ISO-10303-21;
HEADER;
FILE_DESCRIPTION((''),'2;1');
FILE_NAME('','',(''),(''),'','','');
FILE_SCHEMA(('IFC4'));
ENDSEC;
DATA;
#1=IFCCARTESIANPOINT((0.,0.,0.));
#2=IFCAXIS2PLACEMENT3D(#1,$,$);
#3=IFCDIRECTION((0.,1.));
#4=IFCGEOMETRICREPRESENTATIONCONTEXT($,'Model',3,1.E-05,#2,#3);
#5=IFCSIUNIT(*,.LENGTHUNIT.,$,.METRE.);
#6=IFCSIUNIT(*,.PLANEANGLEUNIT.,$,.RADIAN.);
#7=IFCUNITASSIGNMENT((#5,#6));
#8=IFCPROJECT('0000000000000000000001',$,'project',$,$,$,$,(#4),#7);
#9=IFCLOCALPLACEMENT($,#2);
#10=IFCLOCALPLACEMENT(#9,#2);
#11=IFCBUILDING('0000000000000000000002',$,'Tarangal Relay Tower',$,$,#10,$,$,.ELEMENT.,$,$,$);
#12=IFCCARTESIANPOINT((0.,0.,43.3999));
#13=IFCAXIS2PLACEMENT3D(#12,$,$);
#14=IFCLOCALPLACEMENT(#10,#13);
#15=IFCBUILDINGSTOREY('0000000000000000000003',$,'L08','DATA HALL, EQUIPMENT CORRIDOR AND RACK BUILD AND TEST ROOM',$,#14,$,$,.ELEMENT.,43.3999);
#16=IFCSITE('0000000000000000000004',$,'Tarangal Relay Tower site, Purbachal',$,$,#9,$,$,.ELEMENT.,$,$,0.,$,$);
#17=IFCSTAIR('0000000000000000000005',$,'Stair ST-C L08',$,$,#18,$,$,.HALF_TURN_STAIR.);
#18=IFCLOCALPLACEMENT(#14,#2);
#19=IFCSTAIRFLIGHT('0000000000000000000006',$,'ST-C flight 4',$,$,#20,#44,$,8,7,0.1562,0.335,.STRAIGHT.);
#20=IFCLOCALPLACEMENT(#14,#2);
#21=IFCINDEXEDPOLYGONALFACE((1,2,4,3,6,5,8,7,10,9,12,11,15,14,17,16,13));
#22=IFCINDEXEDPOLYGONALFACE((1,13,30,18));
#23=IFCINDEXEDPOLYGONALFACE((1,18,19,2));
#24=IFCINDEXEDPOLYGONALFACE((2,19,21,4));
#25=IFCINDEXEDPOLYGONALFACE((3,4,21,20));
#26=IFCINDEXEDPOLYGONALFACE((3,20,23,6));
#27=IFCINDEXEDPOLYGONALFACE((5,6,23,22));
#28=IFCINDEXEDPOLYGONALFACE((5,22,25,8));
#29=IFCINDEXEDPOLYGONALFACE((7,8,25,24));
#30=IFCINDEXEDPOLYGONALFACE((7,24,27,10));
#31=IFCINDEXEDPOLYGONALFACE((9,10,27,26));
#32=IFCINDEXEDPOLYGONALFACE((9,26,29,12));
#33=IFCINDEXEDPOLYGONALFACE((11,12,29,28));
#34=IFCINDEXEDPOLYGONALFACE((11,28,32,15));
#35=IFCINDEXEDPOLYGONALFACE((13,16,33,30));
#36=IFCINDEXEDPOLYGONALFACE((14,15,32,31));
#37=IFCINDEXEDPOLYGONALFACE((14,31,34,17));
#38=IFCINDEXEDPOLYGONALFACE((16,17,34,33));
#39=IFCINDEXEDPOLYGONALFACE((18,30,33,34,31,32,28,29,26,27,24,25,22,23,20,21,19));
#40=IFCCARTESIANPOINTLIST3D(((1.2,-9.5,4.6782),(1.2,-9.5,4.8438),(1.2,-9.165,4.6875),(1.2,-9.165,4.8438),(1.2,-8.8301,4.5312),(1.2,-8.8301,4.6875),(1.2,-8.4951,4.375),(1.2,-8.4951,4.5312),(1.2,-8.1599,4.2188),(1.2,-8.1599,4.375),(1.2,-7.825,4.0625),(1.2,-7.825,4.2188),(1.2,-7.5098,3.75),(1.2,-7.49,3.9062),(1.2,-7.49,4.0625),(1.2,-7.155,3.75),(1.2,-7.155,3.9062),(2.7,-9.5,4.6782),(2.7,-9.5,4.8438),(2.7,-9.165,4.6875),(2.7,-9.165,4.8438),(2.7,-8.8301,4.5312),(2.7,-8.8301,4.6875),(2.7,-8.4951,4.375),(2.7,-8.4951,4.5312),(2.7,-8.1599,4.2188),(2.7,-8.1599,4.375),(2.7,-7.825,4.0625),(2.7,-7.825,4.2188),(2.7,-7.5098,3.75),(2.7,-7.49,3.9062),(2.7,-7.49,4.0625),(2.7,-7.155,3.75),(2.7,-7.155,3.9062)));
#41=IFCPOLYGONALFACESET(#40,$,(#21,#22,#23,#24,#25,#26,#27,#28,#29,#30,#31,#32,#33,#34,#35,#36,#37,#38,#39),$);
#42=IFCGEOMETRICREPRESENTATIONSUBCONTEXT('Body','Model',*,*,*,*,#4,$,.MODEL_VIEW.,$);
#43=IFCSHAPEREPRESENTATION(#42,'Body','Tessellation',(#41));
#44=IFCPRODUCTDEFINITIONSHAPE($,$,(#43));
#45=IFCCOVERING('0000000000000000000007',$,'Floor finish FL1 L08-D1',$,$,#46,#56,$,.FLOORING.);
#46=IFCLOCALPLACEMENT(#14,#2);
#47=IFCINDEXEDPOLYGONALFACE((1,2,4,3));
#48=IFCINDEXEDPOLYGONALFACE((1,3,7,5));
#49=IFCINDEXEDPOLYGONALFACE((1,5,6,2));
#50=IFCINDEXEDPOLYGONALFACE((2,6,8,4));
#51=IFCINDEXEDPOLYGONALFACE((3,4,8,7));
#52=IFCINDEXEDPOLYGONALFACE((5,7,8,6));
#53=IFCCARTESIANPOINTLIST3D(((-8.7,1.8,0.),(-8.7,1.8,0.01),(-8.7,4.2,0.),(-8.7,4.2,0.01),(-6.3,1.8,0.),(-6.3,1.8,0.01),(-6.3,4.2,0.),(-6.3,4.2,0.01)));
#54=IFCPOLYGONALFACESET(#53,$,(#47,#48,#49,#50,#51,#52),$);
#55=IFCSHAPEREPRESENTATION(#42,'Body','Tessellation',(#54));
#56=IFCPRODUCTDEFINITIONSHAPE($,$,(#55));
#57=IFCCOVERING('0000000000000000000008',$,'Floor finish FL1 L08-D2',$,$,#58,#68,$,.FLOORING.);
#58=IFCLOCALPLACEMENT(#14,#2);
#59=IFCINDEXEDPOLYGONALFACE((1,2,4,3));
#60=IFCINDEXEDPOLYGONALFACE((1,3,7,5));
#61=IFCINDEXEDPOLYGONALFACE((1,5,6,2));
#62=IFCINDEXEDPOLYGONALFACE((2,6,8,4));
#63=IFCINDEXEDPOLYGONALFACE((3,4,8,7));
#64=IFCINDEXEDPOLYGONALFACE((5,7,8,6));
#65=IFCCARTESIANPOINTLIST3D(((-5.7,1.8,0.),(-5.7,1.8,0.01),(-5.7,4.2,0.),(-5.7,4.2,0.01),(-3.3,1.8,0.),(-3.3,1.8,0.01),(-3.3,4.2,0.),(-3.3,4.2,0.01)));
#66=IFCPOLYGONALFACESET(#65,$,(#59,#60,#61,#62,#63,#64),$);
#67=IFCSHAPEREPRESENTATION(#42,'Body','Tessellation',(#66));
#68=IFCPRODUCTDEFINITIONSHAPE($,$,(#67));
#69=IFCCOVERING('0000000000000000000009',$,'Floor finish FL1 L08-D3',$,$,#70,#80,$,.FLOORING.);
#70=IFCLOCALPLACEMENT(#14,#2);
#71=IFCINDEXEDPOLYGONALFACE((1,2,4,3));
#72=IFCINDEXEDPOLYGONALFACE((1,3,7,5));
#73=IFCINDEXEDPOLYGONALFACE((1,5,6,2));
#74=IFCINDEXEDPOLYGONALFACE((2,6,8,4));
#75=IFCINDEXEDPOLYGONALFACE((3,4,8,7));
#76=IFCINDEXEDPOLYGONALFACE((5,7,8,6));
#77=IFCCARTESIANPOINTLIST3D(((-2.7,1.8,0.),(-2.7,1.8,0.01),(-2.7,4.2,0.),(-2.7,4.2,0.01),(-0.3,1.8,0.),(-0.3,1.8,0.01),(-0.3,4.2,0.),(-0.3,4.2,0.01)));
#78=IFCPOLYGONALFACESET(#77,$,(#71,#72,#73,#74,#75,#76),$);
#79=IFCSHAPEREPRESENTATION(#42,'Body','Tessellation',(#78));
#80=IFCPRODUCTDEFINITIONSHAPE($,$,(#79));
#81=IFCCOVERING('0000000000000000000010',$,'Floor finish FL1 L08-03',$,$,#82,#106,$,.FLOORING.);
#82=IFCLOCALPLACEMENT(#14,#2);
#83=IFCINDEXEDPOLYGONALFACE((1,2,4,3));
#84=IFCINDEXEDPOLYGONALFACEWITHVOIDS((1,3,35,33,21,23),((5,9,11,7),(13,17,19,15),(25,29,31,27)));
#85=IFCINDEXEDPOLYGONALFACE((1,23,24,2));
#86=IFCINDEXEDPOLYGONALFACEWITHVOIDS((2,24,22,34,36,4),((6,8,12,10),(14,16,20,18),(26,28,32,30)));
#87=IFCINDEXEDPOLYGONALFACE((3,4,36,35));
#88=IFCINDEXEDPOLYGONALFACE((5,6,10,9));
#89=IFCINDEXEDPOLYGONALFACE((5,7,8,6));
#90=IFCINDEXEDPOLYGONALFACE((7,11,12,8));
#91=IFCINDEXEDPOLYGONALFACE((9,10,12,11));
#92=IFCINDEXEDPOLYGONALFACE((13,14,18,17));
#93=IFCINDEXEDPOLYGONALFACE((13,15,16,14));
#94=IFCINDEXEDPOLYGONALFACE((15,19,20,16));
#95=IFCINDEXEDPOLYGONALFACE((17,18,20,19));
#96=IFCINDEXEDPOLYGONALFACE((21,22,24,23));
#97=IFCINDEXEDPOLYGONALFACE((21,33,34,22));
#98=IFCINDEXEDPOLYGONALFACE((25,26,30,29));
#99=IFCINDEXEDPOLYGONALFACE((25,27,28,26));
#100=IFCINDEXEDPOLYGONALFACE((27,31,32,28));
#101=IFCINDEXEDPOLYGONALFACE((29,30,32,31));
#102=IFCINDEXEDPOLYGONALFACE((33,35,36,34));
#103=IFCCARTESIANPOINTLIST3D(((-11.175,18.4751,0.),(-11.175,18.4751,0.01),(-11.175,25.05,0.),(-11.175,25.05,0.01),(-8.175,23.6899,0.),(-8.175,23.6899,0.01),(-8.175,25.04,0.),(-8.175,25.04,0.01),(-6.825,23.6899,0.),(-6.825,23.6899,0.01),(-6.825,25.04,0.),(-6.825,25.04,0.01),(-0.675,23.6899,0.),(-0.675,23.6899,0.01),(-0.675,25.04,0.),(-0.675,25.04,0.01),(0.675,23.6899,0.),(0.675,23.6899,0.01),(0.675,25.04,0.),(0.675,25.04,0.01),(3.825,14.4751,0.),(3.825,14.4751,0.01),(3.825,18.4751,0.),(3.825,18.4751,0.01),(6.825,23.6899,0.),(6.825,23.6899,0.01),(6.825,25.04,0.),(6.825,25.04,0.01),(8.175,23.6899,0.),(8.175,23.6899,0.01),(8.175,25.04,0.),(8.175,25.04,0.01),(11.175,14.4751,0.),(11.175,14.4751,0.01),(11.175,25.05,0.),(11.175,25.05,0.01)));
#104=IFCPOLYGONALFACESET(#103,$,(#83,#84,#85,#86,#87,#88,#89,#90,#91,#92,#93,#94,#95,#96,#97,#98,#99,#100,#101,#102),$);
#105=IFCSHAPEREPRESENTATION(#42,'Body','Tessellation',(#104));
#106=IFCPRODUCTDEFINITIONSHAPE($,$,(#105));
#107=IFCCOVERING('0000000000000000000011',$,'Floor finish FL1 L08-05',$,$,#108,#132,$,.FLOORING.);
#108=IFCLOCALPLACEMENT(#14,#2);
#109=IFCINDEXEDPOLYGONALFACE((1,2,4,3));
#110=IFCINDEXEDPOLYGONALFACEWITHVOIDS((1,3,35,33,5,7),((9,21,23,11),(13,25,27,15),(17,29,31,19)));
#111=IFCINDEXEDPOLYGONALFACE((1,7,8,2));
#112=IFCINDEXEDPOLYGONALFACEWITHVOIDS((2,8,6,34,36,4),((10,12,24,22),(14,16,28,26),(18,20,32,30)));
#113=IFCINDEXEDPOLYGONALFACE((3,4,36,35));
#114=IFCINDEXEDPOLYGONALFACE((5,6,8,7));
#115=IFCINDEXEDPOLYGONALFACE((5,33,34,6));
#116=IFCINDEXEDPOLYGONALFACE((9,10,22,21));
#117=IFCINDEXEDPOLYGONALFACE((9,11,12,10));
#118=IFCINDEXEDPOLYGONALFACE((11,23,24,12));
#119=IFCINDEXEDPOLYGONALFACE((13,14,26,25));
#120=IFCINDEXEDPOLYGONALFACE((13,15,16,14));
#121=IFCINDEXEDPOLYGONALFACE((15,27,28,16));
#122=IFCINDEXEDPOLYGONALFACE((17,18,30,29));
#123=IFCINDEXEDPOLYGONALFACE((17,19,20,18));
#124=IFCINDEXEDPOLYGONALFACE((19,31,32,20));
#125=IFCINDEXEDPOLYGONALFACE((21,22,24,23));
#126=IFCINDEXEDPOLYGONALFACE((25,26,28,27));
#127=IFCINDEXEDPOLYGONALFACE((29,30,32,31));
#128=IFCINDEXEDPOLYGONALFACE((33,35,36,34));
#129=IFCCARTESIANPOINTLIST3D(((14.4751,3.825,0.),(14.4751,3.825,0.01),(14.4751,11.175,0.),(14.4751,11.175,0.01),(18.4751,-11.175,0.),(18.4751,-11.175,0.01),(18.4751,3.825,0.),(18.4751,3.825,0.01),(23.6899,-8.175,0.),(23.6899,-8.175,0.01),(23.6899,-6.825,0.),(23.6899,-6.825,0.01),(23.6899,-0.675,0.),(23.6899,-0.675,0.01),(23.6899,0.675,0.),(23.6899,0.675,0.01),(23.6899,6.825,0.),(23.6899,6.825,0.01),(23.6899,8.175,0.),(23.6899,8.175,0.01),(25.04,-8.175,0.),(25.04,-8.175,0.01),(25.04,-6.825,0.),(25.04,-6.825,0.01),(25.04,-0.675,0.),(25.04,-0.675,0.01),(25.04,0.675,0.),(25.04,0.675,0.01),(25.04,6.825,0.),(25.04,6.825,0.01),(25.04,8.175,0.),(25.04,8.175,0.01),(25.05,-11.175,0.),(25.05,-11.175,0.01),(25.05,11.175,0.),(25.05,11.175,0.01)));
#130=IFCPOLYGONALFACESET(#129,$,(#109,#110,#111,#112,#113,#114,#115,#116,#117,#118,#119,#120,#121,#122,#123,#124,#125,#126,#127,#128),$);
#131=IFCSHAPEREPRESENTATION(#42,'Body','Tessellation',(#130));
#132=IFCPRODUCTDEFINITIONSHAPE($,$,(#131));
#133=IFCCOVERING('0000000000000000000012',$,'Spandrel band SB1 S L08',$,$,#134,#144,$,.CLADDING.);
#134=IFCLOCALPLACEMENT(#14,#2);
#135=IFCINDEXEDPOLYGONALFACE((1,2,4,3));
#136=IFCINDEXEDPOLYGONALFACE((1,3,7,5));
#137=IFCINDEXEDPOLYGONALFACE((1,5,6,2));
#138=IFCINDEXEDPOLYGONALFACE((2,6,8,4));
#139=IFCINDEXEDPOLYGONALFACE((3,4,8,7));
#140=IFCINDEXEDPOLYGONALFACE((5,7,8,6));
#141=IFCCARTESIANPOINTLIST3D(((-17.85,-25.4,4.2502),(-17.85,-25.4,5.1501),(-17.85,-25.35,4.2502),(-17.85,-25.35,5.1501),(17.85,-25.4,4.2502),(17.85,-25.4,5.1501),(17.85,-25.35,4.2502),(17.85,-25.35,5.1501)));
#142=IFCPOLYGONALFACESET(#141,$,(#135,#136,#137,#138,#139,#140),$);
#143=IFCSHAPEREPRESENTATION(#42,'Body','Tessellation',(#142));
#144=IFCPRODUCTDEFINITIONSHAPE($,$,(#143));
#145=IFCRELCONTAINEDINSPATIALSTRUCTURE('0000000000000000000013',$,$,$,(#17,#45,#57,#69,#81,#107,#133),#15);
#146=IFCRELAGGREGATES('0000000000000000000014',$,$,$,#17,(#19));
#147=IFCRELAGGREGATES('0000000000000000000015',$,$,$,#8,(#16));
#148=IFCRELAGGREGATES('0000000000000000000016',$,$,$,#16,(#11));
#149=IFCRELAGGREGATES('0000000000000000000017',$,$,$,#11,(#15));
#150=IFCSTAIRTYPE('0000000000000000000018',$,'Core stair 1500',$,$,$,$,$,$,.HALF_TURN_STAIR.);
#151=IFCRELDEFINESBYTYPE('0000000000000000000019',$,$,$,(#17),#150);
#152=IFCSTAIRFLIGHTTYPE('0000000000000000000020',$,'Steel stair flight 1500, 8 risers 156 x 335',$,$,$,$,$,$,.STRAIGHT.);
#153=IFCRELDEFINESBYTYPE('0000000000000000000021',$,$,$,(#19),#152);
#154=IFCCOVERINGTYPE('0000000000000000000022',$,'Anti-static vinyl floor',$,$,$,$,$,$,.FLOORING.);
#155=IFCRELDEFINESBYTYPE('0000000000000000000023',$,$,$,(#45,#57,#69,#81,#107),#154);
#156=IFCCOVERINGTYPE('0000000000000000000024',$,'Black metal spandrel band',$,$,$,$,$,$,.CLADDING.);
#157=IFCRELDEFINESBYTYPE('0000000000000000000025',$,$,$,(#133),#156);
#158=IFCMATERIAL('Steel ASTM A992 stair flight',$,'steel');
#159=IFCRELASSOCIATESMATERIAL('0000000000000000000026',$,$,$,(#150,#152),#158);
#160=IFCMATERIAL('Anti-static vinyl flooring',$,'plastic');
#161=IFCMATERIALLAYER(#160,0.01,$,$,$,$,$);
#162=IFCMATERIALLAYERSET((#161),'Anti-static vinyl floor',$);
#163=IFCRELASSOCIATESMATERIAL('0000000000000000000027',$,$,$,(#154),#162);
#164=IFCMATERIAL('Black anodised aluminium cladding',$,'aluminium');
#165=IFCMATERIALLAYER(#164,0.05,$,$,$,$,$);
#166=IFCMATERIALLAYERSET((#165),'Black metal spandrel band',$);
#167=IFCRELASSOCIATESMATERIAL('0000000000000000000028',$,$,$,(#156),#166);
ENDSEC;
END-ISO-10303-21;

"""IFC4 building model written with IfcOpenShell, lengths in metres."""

from ifc_helpers import new_model, si_unit, direction, frame, origin, origin_2d, place, context, subcontext, project, spatial, polyline, rectangle, outline, extrude, material, layer, layer_set, type_object, element, aggregate, save


model = new_model("IFC4")

# Units and contexts
model_context = context("Model", 3, precision=1e-05, world=origin(), true_north=direction((0.0, 1.0)))
body_context = subcontext(model_context, "Body", "Model", "MODEL_VIEW")
ifc_project = project(units=[si_unit("LENGTHUNIT", "METRE"), si_unit("PLANEANGLEUNIT", "RADIAN")], contexts=[model_context])

# Site, building, storey
site_placement = place(None, origin())
site = spatial("IfcSite", under=ifc_project, at=site_placement, Name="Tarangal Relay Tower site, Purbachal", CompositionType="ELEMENT", RefElevation=0.0)
building_placement = place(site_placement, origin())
building = spatial("IfcBuilding", under=site, at=building_placement, Name="Tarangal Relay Tower", CompositionType="ELEMENT")
storey_placement = place(building_placement, frame((0.0, 0.0, 43.3999)))
storey = spatial("IfcBuildingStorey", under=building, at=storey_placement, Name="L08", Description="DATA HALL, EQUIPMENT CORRIDOR AND RACK BUILD AND TEST ROOM", CompositionType="ELEMENT", Elevation=43.3999)

# Shared definitions
ifc_material_1 = material(Name="Steel ASTM A992 stair flight", Category="steel")
stair_type = type_object("IfcStairType", Name="Core stair 1500", PredefinedType="HALF_TURN_STAIR", material=ifc_material_1)

# Stair, stair flight
stair_1_placement = place(storey_placement, origin())
stair_1 = element("IfcStair", 1, at=stair_1_placement, inside=storey, type_object=stair_type, Name="Stair ST-C L08", PredefinedType="HALF_TURN_STAIR")
stair_flight_type = type_object("IfcStairFlightType", Name="Steel stair flight 1500, 8 risers 156 x 335", PredefinedType="STRAIGHT", material=ifc_material_1)
stair_flight_1_placement = place(storey_placement, frame((1.95, -7.155, 3.75), z_axis=(0.0, 0.0, 1.0), x_axis=(0.0, -1.0, 0.0)))
stair_flight_1 = element("IfcStairFlight", 2, at=stair_flight_1_placement, type_object=stair_flight_type, Name="ST-C flight 4", NumberOfRisers=8, NumberOfTreads=7, PredefinedType="STRAIGHT", RiserHeight=0.1562, TreadLength=0.335, context=body_context, shape_type="SweptSolid", body=[
    extrude(outline(polyline([(0.0, 0.0), (0.0, 0.1562), (0.335, 0.1562), (0.335, 0.3125), (0.6699, 0.3125), (0.6699, 0.4688), (1.0049, 0.4688), (1.0049, 0.625), (1.3401, 0.625), (1.3401, 0.7812), (1.675, 0.7812), (1.675, 0.9375), (2.01, 0.9375), (2.01, 1.0938), (2.345, 1.0938), (2.345, 1.25), (2.345, 0.9282), (0.3547, 0.0), (0.0, 0.0)])), frame((0.0, 0.75, 0.0), z_axis=(0.0, -1.0, 0.0), x_axis=(1.0, 0.0, 0.0)), (0.0, 0.0, 1.0), 1.5),
])
aggregate(stair_1, [stair_flight_1])

# Coverings
ifc_material_2 = material(Name="Anti-static vinyl flooring", Category="plastic")
ifc_layer_1 = layer(ifc_material_2, 0.01)
ifc_layer_set_1 = layer_set([ifc_layer_1], Name="Anti-static vinyl floor")
covering_type_1 = type_object("IfcCoveringType", Name="Anti-static vinyl floor", PredefinedType="FLOORING", material=ifc_layer_set_1)
covering_1_placement = place(storey_placement, origin())
element("IfcCovering", 3, at=covering_1_placement, inside=storey, type_object=covering_type_1, Name="Floor finish FL1 L08-D1", PredefinedType="FLOORING", context=body_context, shape_type="SweptSolid", body=[
    extrude(outline(polyline([(-8.7, 1.8), (-6.3, 1.8), (-6.3, 4.2), (-8.7, 4.2), (-8.7, 1.8)])), origin(), (0.0, 0.0, 1.0), 0.01),
])
covering_2_placement = place(storey_placement, origin())
element("IfcCovering", 4, at=covering_2_placement, inside=storey, type_object=covering_type_1, Name="Floor finish FL1 L08-D2", PredefinedType="FLOORING", context=body_context, shape_type="SweptSolid", body=[
    extrude(outline(polyline([(-5.7, 1.8), (-3.3, 1.8), (-3.3, 4.2), (-5.7, 4.2), (-5.7, 1.8)])), origin(), (0.0, 0.0, 1.0), 0.01),
])
covering_3_placement = place(storey_placement, origin())
element("IfcCovering", 5, at=covering_3_placement, inside=storey, type_object=covering_type_1, Name="Floor finish FL1 L08-D3", PredefinedType="FLOORING", context=body_context, shape_type="SweptSolid", body=[
    extrude(outline(polyline([(-2.7, 1.8), (-0.3, 1.8), (-0.3, 4.2), (-2.7, 4.2), (-2.7, 1.8)])), origin(), (0.0, 0.0, 1.0), 0.01),
])
covering_4_placement = place(storey_placement, origin())
element("IfcCovering", 6, at=covering_4_placement, inside=storey, type_object=covering_type_1, Name="Floor finish FL1 L08-03", PredefinedType="FLOORING", context=body_context, shape_type="SweptSolid", body=[
    extrude(outline(polyline([(11.175, 25.05), (-11.175, 25.05), (-11.175, 18.4751), (3.825, 18.4751), (3.825, 14.4751), (11.175, 14.4751), (11.175, 25.05)]), holes=[polyline([(-6.825, 23.6899), (-6.825, 25.04), (-8.175, 25.04), (-8.175, 23.6899), (-6.825, 23.6899)]), polyline([(-0.675, 23.6899), (0.675, 23.6899), (0.675, 25.04), (-0.675, 25.04), (-0.675, 23.6899)]), polyline([(6.825, 23.6899), (8.175, 23.6899), (8.175, 25.04), (6.825, 25.04), (6.825, 23.6899)])]), origin(), (0.0, 0.0, 1.0), 0.01),
])
covering_5_placement = place(storey_placement, origin())
element("IfcCovering", 7, at=covering_5_placement, inside=storey, type_object=covering_type_1, Name="Floor finish FL1 L08-05", PredefinedType="FLOORING", context=body_context, shape_type="SweptSolid", body=[
    extrude(outline(polyline([(25.05, -11.175), (25.05, 11.175), (14.4751, 11.175), (14.4751, 3.825), (18.4751, 3.825), (18.4751, -11.175), (25.05, -11.175)]), holes=[polyline([(25.04, -8.175), (25.04, -6.825), (23.6899, -6.825), (23.6899, -8.175), (25.04, -8.175)]), polyline([(23.6899, -0.675), (25.04, -0.675), (25.04, 0.675), (23.6899, 0.675), (23.6899, -0.675)]), polyline([(23.6899, 6.825), (25.04, 6.825), (25.04, 8.175), (23.6899, 8.175), (23.6899, 6.825)])]), origin(), (0.0, 0.0, 1.0), 0.01),
])
ifc_material_3 = material(Name="Black anodised aluminium cladding", Category="aluminium")
ifc_layer_2 = layer(ifc_material_3, 0.05)
ifc_layer_set_2 = layer_set([ifc_layer_2], Name="Black metal spandrel band")
covering_type_2 = type_object("IfcCoveringType", Name="Black metal spandrel band", PredefinedType="CLADDING", material=ifc_layer_set_2)
covering_6_placement = place(storey_placement, frame((0.0, -25.375, 4.2502), z_axis=(0.0, 0.0, 1.0), x_axis=(-1.0, 0.0, 0.0)))
element("IfcCovering", 8, at=covering_6_placement, inside=storey, type_object=covering_type_2, Name="Spandrel band SB1 S L08", PredefinedType="CLADDING", context=body_context, shape_type="SweptSolid", body=[
    extrude(rectangle(XDim=35.7, YDim=0.05, at=origin_2d()), origin(), (0.0, 0.0, 1.0), 0.8999),
])

save(model, "model.ifc")
